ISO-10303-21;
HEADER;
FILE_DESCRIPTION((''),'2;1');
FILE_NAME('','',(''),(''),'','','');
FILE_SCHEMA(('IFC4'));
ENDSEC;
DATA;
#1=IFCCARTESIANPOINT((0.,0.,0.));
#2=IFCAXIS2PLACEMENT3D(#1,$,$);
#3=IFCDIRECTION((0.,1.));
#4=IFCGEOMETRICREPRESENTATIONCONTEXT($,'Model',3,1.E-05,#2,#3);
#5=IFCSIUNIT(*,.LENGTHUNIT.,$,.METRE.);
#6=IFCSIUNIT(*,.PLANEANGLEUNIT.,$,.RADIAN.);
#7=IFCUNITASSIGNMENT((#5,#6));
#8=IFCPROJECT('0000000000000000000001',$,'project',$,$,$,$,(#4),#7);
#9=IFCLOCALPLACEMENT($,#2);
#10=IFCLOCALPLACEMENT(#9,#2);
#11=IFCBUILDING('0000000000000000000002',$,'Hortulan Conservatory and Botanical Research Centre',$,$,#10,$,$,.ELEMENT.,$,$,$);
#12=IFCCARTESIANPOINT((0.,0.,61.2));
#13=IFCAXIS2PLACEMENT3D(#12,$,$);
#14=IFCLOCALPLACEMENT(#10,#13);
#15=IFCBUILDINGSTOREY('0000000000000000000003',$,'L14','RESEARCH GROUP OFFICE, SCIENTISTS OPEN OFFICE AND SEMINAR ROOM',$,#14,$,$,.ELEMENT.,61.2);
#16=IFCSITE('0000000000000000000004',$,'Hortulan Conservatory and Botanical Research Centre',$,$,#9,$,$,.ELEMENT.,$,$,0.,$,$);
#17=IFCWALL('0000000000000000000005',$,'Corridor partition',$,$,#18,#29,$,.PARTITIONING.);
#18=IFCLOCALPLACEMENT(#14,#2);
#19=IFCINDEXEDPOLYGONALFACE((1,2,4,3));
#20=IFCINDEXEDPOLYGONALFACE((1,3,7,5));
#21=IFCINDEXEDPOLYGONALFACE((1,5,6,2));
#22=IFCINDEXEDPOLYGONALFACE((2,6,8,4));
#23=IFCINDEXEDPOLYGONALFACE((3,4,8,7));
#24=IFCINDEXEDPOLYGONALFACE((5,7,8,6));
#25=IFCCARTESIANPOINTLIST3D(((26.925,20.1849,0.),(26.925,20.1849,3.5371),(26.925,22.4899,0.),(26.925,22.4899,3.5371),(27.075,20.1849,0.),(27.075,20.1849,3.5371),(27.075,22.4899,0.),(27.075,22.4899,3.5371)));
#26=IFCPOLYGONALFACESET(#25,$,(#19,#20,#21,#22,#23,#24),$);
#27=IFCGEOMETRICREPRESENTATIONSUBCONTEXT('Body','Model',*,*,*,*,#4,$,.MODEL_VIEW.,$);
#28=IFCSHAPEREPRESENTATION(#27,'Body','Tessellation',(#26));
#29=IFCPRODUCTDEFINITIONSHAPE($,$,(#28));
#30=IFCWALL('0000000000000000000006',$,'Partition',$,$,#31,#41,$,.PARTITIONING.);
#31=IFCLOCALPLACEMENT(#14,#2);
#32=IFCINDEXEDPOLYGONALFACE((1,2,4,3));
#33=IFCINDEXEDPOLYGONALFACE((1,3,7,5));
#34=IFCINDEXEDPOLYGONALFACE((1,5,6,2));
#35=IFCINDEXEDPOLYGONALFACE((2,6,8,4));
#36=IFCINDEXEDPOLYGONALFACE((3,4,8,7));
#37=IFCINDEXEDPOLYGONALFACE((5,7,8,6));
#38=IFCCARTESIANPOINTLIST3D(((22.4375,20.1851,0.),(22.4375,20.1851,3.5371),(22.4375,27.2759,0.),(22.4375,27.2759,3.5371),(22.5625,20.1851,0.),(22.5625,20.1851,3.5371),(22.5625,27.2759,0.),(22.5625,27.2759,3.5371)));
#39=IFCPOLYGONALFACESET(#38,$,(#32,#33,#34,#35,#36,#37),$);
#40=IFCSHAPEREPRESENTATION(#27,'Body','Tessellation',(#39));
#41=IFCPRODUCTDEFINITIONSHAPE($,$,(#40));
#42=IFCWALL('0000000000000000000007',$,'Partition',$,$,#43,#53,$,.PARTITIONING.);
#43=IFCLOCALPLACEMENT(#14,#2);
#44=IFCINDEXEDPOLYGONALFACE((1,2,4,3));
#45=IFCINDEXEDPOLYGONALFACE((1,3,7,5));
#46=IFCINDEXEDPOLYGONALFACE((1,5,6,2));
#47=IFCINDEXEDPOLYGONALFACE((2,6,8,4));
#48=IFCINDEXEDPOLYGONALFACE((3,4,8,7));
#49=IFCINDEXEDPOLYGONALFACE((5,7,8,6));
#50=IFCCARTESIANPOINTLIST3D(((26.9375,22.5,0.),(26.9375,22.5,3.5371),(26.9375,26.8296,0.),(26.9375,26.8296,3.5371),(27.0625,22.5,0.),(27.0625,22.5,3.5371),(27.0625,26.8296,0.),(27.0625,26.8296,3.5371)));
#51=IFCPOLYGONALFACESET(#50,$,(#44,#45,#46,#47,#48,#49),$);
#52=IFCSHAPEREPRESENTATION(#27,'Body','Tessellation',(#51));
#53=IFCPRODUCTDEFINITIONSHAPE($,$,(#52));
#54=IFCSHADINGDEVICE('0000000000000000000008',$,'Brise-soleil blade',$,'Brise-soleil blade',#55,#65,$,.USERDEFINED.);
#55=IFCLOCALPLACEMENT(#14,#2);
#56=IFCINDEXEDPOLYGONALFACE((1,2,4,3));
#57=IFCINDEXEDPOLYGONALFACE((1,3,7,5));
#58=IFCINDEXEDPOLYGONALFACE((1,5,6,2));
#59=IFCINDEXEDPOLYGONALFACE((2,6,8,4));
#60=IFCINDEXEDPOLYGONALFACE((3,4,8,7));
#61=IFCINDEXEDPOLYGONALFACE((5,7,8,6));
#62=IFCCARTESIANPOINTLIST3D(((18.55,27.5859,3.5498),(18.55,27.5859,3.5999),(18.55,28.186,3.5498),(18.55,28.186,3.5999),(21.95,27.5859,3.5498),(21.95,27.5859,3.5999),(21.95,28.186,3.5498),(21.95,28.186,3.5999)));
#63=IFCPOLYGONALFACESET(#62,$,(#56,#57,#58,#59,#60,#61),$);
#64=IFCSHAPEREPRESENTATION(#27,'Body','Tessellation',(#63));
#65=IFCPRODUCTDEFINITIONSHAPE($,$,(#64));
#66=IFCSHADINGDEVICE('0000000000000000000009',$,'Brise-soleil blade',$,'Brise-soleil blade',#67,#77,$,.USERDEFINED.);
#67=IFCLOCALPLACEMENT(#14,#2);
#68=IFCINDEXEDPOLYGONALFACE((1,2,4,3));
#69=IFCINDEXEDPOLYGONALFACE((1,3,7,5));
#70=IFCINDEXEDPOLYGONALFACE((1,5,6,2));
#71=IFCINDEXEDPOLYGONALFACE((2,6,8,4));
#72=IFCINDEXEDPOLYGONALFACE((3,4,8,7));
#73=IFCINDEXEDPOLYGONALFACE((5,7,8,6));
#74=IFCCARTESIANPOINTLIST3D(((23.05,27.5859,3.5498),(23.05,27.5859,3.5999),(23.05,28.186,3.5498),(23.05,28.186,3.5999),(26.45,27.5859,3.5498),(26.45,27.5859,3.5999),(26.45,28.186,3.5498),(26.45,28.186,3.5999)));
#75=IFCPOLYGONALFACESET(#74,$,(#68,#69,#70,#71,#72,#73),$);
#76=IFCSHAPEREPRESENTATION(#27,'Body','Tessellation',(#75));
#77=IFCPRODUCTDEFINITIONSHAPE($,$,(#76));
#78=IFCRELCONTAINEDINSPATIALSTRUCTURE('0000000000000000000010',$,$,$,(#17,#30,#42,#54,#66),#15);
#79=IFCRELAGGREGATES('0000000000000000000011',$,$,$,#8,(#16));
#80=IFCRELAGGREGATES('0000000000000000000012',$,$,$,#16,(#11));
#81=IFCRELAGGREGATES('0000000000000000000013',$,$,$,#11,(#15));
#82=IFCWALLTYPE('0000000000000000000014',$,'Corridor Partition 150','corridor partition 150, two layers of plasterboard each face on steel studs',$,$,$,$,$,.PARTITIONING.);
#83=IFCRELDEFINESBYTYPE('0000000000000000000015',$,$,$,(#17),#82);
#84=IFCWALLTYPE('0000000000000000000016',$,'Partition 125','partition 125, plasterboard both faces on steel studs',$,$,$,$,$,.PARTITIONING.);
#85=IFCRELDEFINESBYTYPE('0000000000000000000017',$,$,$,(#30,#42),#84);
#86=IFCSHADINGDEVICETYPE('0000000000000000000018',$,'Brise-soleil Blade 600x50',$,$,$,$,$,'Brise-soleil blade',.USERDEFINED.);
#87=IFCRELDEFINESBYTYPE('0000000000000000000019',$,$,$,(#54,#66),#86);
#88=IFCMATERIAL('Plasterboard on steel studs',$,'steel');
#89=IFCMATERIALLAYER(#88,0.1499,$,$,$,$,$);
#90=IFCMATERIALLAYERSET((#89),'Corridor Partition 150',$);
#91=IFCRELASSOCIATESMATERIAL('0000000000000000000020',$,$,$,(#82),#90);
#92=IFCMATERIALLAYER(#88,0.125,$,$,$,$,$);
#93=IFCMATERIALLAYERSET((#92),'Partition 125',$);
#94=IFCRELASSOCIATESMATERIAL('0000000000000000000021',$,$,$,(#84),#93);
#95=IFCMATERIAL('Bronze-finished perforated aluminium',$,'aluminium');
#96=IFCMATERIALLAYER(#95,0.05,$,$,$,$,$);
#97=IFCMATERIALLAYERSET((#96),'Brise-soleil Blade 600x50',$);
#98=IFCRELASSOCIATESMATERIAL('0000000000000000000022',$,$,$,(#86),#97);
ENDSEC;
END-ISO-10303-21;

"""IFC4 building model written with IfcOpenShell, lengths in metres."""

from ifc_helpers import new_model, si_unit, direction, frame, frame_2d, origin, origin_2d, place, context, subcontext, project, spatial, rectangle, extrude, material, layer, layer_set, type_object, element, save


model = new_model("IFC4")

# Units and contexts
model_context = context("Model", 3, precision=1e-05, world=origin(), true_north=direction((0.0, 1.0)))
body_context = subcontext(model_context, "Body", "Model", "MODEL_VIEW")
ifc_project = project(units=[si_unit("LENGTHUNIT", "METRE"), si_unit("PLANEANGLEUNIT", "RADIAN")], contexts=[model_context])

# Site, building, storey
site_placement = place(None, origin())
site = spatial("IfcSite", under=ifc_project, at=site_placement, Name="Hortulan Conservatory and Botanical Research Centre", CompositionType="ELEMENT", RefElevation=0.0)
building_placement = place(site_placement, origin())
building = spatial("IfcBuilding", under=site, at=building_placement, Name="Hortulan Conservatory and Botanical Research Centre", CompositionType="ELEMENT")
storey_placement = place(building_placement, frame((0.0, 0.0, 61.2)))
storey = spatial("IfcBuildingStorey", under=building, at=storey_placement, Name="L14", Description="RESEARCH GROUP OFFICE, SCIENTISTS OPEN OFFICE AND SEMINAR ROOM", CompositionType="ELEMENT", Elevation=61.2)

# Walls
ifc_material_1 = material(Name="Plasterboard on steel studs", Category="steel")
ifc_layer_1 = layer(ifc_material_1, 0.1499)
ifc_layer_set_1 = layer_set([ifc_layer_1], Name="Corridor Partition 150")
wall_type_1 = type_object("IfcWallType", Name="Corridor Partition 150", Description="corridor partition 150, two layers of plasterboard each face on steel studs", PredefinedType="PARTITIONING", material=ifc_layer_set_1)
wall_1_placement = place(storey_placement, frame((27.0, 20.1851, 0.0), z_axis=(0.0, 0.0, 1.0), x_axis=(0.0, 1.0, 0.0)))
element("IfcWall", 1, at=wall_1_placement, inside=storey, type_object=wall_type_1, Name="Corridor partition", PredefinedType="PARTITIONING", context=body_context, shape_type="SweptSolid", body=[
    extrude(rectangle(XDim=2.3049, YDim=0.1499, at=frame_2d((1.1523, 0.0))), origin(), (0.0, 0.0, 1.0), 3.5371),
])
ifc_layer_2 = layer(ifc_material_1, 0.125)
ifc_layer_set_2 = layer_set([ifc_layer_2], Name="Partition 125")
wall_type_2 = type_object("IfcWallType", Name="Partition 125", Description="partition 125, plasterboard both faces on steel studs", PredefinedType="PARTITIONING", material=ifc_layer_set_2)
wall_2_placement = place(storey_placement, frame((22.5, 20.1851, 0.0), z_axis=(0.0, 0.0, 1.0), x_axis=(0.0, 1.0, 0.0)))
element("IfcWall", 2, at=wall_2_placement, inside=storey, type_object=wall_type_2, Name="Partition", PredefinedType="PARTITIONING", context=body_context, shape_type="SweptSolid", body=[
    extrude(rectangle(XDim=7.0908, YDim=0.125, at=frame_2d((3.5454, 0.0))), origin(), (0.0, 0.0, 1.0), 3.5371),
])
wall_3_placement = place(storey_placement, frame((27.0, 22.5, 0.0), z_axis=(0.0, 0.0, 1.0), x_axis=(0.0, 1.0, 0.0)))
element("IfcWall", 3, at=wall_3_placement, inside=storey, type_object=wall_type_2, Name="Partition", PredefinedType="PARTITIONING", context=body_context, shape_type="SweptSolid", body=[
    extrude(rectangle(XDim=4.3296, YDim=0.125, at=frame_2d((2.1648, 0.0))), origin(), (0.0, 0.0, 1.0), 3.5371),
])

# Shading devices
ifc_material_2 = material(Name="Bronze-finished perforated aluminium", Category="aluminium")
ifc_layer_3 = layer(ifc_material_2, 0.05)
ifc_layer_set_3 = layer_set([ifc_layer_3], Name="Brise-soleil Blade 600x50")
shading_device_type = type_object("IfcShadingDeviceType", Name="Brise-soleil Blade 600x50", ElementType="Brise-soleil blade", PredefinedType="USERDEFINED", material=ifc_layer_set_3)
for number, where, z_axis, x_axis, name in (
    (4, (20.25, 27.886, 3.5498), (0.0, 0.0, 1.0), (1.0, 0.0, 0.0), "Brise-soleil blade"),
    (5, (24.75, 27.886, 3.5498), (0.0, 0.0, 1.0), (1.0, 0.0, 0.0), "Brise-soleil blade"),
):
    element("IfcShadingDevice", number, at=place(storey_placement, frame(where, z_axis=z_axis, x_axis=x_axis)), inside=storey, type_object=shading_device_type, Name=name, ObjectType="Brise-soleil blade", PredefinedType="USERDEFINED", context=body_context, shape_type="SweptSolid", body=[
        extrude(rectangle(XDim=3.3999, YDim=0.6001, at=origin_2d()), origin(), (0.0, 0.0, 1.0), 0.05),
    ])

save(model, "model.ifc")
